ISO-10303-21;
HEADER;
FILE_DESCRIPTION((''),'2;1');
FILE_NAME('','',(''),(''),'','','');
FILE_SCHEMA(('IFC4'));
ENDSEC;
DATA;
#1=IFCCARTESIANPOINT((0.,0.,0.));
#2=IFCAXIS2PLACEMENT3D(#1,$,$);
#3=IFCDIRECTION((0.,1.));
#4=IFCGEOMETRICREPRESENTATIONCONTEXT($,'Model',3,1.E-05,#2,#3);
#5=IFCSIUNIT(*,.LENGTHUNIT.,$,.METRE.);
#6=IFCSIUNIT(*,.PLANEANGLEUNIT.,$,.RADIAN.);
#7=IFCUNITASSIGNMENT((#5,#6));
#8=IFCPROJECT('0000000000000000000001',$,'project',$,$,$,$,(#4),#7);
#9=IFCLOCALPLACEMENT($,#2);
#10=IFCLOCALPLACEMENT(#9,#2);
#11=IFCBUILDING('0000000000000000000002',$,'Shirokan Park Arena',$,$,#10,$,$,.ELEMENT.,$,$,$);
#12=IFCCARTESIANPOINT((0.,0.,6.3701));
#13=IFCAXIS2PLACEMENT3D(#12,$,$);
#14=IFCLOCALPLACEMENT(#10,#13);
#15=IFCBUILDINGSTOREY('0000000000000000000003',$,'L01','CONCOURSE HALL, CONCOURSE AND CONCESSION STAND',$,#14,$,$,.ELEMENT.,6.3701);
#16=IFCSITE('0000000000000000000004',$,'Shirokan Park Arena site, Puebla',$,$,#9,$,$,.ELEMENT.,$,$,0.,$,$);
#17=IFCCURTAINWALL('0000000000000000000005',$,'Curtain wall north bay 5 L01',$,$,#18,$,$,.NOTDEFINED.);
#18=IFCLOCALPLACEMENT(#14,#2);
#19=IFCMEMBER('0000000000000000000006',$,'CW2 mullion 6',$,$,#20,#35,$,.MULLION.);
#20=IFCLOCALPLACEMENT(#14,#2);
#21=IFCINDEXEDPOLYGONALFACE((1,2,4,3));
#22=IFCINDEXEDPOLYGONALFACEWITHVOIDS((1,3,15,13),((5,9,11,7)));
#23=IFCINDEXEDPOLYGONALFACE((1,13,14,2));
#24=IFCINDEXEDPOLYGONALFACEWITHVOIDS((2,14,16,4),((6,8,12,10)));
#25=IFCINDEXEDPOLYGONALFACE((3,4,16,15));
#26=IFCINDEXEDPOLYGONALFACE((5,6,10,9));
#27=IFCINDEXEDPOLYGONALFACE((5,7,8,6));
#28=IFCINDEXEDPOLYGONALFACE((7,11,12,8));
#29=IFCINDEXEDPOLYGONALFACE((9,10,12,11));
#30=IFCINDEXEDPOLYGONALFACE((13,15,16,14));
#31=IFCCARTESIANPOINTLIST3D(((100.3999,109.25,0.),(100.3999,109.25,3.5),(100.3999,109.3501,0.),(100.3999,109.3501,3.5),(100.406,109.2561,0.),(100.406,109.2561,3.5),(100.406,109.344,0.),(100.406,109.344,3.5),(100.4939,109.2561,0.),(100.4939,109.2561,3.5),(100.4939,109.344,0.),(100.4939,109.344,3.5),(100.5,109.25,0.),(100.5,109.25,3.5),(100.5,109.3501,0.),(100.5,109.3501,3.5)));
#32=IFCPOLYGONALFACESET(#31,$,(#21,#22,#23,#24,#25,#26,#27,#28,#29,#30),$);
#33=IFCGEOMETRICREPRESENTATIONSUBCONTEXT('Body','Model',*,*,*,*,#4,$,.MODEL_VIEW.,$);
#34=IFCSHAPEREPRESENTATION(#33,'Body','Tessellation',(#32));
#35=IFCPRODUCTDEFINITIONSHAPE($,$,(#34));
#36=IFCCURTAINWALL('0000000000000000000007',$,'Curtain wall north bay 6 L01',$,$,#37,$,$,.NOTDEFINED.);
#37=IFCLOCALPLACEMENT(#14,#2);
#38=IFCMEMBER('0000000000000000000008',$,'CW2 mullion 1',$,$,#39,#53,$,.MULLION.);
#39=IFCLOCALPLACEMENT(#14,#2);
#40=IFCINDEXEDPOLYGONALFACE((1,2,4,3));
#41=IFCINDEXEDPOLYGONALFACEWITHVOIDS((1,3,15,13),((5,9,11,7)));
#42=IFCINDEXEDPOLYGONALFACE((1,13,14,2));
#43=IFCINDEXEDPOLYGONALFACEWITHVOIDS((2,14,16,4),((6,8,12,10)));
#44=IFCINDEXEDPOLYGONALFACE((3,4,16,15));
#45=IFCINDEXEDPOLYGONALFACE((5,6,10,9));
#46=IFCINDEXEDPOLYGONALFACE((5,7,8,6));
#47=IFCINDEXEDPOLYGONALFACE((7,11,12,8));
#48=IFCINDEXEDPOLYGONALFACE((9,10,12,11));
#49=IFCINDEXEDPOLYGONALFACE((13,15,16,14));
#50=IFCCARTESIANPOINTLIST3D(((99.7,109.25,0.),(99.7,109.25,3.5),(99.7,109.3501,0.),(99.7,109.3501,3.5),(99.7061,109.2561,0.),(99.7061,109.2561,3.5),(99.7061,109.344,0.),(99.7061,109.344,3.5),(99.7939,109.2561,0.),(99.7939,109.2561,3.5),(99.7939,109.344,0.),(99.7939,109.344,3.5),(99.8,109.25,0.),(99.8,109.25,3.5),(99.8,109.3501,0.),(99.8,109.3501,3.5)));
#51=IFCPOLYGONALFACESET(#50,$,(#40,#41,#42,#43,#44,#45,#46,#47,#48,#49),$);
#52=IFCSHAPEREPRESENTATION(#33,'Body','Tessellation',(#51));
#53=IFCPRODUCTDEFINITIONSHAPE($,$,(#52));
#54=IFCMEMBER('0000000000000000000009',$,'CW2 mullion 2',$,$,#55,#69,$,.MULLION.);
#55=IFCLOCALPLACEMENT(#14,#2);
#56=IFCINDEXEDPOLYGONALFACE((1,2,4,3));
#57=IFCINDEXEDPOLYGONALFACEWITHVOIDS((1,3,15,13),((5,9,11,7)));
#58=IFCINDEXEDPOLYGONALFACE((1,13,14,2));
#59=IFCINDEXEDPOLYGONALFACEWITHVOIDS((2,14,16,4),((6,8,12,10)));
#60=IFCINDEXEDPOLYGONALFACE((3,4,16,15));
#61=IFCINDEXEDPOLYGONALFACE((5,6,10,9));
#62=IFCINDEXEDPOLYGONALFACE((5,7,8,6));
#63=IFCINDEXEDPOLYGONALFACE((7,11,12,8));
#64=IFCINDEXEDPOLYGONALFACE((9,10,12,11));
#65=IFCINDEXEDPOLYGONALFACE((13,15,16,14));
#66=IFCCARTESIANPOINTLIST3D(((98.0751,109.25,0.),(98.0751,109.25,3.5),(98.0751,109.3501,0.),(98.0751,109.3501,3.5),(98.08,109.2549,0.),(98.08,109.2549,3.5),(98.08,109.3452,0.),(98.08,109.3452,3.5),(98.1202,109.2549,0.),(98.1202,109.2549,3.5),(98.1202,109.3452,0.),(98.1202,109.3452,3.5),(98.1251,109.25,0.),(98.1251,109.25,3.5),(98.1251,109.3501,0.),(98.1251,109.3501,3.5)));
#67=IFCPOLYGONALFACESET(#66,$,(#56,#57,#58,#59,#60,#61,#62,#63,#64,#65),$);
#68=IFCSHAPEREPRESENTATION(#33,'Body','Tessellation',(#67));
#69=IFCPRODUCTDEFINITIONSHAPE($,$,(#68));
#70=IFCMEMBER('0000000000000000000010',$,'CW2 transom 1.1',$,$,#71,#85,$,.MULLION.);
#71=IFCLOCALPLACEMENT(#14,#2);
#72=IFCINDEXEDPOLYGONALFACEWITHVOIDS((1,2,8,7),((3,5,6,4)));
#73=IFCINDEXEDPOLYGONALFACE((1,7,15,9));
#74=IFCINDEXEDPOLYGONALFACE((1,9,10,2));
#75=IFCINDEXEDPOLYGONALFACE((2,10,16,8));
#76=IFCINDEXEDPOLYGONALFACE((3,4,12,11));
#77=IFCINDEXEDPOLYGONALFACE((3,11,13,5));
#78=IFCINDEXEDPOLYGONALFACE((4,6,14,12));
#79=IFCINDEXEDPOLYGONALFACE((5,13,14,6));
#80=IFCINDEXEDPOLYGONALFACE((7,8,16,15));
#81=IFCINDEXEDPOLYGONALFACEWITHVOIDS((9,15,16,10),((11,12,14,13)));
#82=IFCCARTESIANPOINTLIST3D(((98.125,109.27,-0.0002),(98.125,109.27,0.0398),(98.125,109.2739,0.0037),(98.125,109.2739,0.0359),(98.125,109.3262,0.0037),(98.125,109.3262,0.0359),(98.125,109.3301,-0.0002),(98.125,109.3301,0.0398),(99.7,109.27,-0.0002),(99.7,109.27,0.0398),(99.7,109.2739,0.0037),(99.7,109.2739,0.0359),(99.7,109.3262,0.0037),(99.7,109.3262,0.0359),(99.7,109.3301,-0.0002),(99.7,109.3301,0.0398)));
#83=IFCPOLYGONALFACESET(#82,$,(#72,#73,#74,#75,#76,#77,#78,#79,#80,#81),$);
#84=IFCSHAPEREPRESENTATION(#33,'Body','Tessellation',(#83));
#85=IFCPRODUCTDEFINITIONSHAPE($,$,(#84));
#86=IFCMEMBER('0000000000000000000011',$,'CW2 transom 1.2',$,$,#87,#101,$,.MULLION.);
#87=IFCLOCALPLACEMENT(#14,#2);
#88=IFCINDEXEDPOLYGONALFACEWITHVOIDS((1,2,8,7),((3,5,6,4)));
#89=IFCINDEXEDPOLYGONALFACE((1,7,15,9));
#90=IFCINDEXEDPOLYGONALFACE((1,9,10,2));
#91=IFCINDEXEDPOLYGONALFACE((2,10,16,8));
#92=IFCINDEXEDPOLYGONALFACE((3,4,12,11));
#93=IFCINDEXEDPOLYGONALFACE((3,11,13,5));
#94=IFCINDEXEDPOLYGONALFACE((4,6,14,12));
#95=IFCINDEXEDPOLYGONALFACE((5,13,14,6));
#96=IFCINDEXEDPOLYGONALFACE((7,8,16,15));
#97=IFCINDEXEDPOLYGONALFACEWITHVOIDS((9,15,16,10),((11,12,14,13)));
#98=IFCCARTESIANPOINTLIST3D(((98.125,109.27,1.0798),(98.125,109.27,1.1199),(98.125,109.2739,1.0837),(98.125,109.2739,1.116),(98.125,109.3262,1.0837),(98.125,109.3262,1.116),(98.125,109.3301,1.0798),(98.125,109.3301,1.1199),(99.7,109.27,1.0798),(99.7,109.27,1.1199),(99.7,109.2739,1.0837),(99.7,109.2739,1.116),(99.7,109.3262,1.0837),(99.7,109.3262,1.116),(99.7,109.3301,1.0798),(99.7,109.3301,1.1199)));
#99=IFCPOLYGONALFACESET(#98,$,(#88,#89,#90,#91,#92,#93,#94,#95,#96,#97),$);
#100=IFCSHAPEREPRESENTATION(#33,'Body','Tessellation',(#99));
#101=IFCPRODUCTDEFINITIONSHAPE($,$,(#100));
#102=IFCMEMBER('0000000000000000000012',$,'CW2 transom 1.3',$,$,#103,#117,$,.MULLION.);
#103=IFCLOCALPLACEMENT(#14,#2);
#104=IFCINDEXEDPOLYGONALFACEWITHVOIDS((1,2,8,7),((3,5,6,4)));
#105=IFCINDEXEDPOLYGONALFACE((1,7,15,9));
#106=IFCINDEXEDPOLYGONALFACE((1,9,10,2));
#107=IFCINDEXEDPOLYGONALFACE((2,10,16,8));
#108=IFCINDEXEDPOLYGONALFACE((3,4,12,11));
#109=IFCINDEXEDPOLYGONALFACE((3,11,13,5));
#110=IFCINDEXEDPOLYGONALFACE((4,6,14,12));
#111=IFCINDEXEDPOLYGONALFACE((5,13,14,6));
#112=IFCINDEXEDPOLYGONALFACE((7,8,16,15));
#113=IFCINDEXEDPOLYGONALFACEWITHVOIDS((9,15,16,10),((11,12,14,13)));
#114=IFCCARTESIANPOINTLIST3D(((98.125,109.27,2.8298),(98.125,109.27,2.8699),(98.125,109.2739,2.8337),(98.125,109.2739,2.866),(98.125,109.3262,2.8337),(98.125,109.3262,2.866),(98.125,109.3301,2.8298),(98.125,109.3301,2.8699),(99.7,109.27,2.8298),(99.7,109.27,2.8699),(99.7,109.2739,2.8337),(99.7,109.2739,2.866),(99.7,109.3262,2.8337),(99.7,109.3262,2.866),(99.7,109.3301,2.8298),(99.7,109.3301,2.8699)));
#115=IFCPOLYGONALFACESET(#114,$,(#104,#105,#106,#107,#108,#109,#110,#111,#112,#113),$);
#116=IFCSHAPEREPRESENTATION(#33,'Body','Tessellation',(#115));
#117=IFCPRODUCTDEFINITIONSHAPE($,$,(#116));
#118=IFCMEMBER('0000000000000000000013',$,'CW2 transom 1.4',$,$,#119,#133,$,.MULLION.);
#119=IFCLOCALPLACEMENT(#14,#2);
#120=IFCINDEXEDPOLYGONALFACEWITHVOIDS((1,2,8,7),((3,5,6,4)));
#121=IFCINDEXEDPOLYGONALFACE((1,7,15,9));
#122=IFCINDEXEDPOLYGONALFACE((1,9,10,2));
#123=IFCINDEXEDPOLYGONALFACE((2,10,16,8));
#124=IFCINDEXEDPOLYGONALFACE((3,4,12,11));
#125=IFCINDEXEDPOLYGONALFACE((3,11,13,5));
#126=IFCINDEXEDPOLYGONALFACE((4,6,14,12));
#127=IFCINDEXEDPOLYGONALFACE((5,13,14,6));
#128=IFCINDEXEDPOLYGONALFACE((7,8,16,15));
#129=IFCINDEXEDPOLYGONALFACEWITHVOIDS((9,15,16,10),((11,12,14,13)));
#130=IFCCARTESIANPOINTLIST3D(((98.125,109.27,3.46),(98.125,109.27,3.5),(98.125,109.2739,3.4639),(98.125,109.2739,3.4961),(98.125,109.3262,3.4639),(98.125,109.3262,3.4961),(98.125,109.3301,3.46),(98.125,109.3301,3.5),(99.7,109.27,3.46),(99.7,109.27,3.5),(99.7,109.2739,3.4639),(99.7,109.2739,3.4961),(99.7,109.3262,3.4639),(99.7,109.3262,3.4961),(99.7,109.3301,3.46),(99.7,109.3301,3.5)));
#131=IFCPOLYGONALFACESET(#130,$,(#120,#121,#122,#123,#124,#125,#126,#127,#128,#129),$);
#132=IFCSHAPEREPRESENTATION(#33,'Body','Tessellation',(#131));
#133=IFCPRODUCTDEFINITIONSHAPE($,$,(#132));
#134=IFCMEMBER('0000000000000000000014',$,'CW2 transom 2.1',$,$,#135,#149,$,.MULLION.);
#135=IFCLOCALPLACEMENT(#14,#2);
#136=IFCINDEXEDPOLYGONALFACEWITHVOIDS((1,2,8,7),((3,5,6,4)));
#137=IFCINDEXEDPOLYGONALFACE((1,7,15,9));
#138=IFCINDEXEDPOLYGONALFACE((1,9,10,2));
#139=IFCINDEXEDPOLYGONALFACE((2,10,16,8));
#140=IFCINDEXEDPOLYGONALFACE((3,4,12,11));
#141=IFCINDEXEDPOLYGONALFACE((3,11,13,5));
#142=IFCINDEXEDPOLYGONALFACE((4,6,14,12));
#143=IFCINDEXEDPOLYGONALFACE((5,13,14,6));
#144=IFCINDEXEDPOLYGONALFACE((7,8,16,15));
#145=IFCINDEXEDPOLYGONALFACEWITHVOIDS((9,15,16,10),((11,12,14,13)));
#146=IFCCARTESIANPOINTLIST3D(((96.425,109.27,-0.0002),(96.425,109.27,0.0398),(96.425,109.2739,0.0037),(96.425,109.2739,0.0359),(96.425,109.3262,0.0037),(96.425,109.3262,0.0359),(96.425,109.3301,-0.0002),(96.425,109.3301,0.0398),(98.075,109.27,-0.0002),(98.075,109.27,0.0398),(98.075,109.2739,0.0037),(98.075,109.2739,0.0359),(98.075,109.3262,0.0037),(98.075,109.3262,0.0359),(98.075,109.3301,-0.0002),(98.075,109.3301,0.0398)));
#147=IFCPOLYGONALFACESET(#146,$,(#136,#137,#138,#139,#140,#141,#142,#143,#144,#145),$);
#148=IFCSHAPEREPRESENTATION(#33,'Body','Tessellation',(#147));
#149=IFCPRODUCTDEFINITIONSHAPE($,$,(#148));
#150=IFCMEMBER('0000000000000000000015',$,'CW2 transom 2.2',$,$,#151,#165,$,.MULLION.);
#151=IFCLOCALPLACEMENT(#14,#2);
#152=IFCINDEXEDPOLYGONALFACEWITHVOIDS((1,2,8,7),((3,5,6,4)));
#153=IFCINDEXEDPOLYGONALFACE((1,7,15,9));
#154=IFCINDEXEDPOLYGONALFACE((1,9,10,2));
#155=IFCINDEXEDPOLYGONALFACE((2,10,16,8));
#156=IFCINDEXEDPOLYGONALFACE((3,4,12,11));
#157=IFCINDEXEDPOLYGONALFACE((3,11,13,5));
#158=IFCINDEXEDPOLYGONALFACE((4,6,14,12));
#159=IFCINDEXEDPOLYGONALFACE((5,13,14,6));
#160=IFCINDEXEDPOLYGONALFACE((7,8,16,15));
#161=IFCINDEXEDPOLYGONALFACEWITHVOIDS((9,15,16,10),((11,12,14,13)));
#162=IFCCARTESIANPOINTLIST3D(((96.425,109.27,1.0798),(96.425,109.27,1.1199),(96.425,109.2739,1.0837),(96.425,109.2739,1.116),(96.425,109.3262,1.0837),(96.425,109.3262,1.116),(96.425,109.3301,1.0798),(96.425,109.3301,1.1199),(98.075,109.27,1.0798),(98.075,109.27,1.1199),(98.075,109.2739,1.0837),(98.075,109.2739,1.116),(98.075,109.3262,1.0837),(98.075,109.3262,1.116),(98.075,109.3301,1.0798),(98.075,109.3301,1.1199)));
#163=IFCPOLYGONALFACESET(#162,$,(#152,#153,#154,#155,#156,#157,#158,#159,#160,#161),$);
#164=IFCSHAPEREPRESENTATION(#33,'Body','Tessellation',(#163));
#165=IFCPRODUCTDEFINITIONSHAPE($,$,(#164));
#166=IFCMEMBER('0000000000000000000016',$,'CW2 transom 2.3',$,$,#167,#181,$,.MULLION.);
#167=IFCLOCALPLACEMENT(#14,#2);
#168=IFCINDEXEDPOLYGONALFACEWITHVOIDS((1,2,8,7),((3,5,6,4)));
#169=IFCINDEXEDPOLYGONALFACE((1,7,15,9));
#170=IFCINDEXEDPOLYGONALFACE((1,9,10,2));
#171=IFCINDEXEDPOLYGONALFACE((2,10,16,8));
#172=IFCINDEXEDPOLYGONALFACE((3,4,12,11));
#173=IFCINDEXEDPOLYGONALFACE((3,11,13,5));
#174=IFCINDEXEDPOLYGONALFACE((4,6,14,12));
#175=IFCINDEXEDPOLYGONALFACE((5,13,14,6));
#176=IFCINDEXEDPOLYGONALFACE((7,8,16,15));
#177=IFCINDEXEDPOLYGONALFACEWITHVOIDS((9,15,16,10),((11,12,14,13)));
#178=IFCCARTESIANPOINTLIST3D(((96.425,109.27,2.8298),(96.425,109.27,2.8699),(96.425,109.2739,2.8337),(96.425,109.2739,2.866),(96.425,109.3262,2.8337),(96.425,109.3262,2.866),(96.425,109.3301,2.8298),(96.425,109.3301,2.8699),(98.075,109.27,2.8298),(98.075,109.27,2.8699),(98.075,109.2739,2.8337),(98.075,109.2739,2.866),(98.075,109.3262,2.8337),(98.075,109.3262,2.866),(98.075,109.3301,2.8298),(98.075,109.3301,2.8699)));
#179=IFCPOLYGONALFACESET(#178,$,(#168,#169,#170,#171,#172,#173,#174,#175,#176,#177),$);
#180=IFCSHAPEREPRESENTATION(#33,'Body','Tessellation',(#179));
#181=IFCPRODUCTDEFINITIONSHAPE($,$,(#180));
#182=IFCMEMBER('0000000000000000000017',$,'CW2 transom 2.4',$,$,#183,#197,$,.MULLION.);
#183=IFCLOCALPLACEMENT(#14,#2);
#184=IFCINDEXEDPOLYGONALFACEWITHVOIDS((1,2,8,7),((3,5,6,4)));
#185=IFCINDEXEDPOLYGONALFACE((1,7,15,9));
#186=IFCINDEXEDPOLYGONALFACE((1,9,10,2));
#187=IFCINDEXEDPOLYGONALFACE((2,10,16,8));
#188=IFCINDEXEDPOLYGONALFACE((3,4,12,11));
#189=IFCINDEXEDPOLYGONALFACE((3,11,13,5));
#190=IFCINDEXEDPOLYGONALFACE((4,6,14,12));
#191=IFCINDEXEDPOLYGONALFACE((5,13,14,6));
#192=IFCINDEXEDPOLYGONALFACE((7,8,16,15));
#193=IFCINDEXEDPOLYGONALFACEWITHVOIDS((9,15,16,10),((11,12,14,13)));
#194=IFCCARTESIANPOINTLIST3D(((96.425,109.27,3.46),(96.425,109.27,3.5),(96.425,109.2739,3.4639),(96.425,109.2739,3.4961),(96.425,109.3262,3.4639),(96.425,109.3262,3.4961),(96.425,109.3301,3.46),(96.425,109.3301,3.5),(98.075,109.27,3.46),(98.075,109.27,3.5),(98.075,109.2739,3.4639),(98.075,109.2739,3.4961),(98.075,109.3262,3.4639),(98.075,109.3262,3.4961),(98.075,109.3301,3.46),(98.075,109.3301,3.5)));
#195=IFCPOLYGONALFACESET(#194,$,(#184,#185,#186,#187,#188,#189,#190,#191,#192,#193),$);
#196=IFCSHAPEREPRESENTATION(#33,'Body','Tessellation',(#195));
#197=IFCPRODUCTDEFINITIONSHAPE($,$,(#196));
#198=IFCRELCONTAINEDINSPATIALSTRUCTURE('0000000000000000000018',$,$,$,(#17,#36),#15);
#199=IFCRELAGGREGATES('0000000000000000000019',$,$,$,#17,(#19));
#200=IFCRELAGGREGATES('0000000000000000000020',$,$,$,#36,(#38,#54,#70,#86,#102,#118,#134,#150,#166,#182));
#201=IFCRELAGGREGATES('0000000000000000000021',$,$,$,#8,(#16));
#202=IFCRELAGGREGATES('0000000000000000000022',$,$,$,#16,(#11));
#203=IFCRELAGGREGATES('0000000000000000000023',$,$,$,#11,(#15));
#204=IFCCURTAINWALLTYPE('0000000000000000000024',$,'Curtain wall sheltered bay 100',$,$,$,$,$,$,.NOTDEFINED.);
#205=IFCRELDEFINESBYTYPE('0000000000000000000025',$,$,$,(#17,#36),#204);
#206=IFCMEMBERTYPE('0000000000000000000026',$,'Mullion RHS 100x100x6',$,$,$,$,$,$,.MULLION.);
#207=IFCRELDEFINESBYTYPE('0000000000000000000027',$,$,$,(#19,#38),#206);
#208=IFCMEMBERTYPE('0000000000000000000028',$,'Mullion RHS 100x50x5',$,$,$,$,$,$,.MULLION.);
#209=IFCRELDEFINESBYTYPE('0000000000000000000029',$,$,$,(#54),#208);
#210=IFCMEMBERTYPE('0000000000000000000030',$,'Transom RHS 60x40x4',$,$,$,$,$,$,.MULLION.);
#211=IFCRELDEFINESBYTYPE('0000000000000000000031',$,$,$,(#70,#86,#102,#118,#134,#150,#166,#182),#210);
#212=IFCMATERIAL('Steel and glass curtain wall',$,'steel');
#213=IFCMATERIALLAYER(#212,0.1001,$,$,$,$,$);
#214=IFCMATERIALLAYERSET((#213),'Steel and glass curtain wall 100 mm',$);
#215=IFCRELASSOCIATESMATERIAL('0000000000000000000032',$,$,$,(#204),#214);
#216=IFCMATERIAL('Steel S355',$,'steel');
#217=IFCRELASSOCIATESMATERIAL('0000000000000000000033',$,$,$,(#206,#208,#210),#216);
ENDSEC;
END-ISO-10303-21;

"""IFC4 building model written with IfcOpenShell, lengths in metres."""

from ifc_helpers import new_model, si_unit, direction, frame, origin, origin_2d, place, context, subcontext, project, spatial, hollow_rectangle, extrude, material, layer, layer_set, material_profile, profile_set, type_object, element, aggregate, save


model = new_model("IFC4")

# Units and contexts
model_context = context("Model", 3, precision=1e-05, world=origin(), true_north=direction((0.0, 1.0)))
body_context = subcontext(model_context, "Body", "Model", "MODEL_VIEW")
ifc_project = project(units=[si_unit("LENGTHUNIT", "METRE"), si_unit("PLANEANGLEUNIT", "RADIAN")], contexts=[model_context])

# Site, building, storey
site_placement = place(None, origin())
site = spatial("IfcSite", under=ifc_project, at=site_placement, Name="Shirokan Park Arena site, Puebla", CompositionType="ELEMENT", RefElevation=0.0)
building_placement = place(site_placement, origin())
building = spatial("IfcBuilding", under=site, at=building_placement, Name="Shirokan Park Arena", CompositionType="ELEMENT")
storey_placement = place(building_placement, frame((0.0, 0.0, 6.3701)))
storey = spatial("IfcBuildingStorey", under=building, at=storey_placement, Name="L01", Description="CONCOURSE HALL, CONCOURSE AND CONCESSION STAND", CompositionType="ELEMENT", Elevation=6.3701)

# Curtain wall, member
ifc_material_1 = material(Name="Steel and glass curtain wall", Category="steel")
ifc_layer_1 = layer(ifc_material_1, 0.1001)
ifc_layer_set_1 = layer_set([ifc_layer_1], Name="Steel and glass curtain wall 100 mm")
curtain_wall_type = type_object("IfcCurtainWallType", Name="Curtain wall sheltered bay 100", PredefinedType="NOTDEFINED", material=ifc_layer_set_1)
curtain_wall_1_placement = place(storey_placement, origin())
curtain_wall_1 = element("IfcCurtainWall", 1, at=curtain_wall_1_placement, inside=storey, type_object=curtain_wall_type, Name="Curtain wall north bay 5 L01", PredefinedType="NOTDEFINED")
ifc_material_2 = material(Name="Steel S355", Category="steel")
ifc_material_profile_1 = material_profile(ifc_material_2, hollow_rectangle(XDim=0.1001, YDim=0.1001, WallThickness=0.0061, at=origin_2d()), Name="RHS 100x100x6")
ifc_profile_set_1 = profile_set([ifc_material_profile_1], Name="Steel S355")
member_type_1 = type_object("IfcMemberType", Name="Mullion RHS 100x100x6", PredefinedType="MULLION", material=ifc_profile_set_1)
member_1_placement = place(storey_placement, frame((100.45, 109.3, 0.0), z_axis=(0.0, 0.0, 1.0), x_axis=(0.0, -1.0, 0.0)))
member_1 = element("IfcMember", 2, at=member_1_placement, type_object=member_type_1, Name="CW2 mullion 6", PredefinedType="MULLION", context=body_context, shape_type="SweptSolid", body=[
    extrude(hollow_rectangle(XDim=0.1001, YDim=0.1001, WallThickness=0.0061, at=origin_2d()), origin(), (0.0, 0.0, 1.0), 3.5),
])
aggregate(curtain_wall_1, [member_1])

# Curtain wall, members
curtain_wall_2_placement = place(storey_placement, origin())
curtain_wall_2 = element("IfcCurtainWall", 3, at=curtain_wall_2_placement, inside=storey, type_object=curtain_wall_type, Name="Curtain wall north bay 6 L01", PredefinedType="NOTDEFINED")
member_2_placement = place(storey_placement, frame((99.75, 109.3, 0.0), z_axis=(0.0, 0.0, 1.0), x_axis=(0.0, -1.0, 0.0)))
member_2 = element("IfcMember", 4, at=member_2_placement, type_object=member_type_1, Name="CW2 mullion 1", PredefinedType="MULLION", context=body_context, shape_type="SweptSolid", body=[
    extrude(hollow_rectangle(XDim=0.1001, YDim=0.1001, WallThickness=0.0061, at=origin_2d()), origin(), (0.0, 0.0, 1.0), 3.5),
])
ifc_material_profile_2 = material_profile(ifc_material_2, hollow_rectangle(XDim=0.1001, YDim=0.05, WallThickness=0.0049, at=origin_2d()), Name="RHS 100x50x5")
ifc_profile_set_2 = profile_set([ifc_material_profile_2], Name="Steel S355")
member_type_2 = type_object("IfcMemberType", Name="Mullion RHS 100x50x5", PredefinedType="MULLION", material=ifc_profile_set_2)
member_3_placement = place(storey_placement, frame((98.1001, 109.3, 0.0), z_axis=(0.0, 0.0, 1.0), x_axis=(0.0, -1.0, 0.0)))
member_3 = element("IfcMember", 5, at=member_3_placement, type_object=member_type_2, Name="CW2 mullion 2", PredefinedType="MULLION", context=body_context, shape_type="SweptSolid", body=[
    extrude(hollow_rectangle(XDim=0.1001, YDim=0.05, WallThickness=0.0049, at=origin_2d()), origin(), (0.0, 0.0, 1.0), 3.5),
])
ifc_material_profile_3 = material_profile(ifc_material_2, hollow_rectangle(XDim=0.0601, YDim=0.04, WallThickness=0.0039, at=origin_2d()), Name="RHS 60x40x4")
ifc_profile_set_3 = profile_set([ifc_material_profile_3], Name="Steel S355")
member_type_3 = type_object("IfcMemberType", Name="Transom RHS 60x40x4", PredefinedType="MULLION", material=ifc_profile_set_3)
member_4_placement = place(storey_placement, frame((99.7, 109.3, 0.0198), z_axis=(-1.0, 0.0, 0.0), x_axis=(0.0, -1.0, 0.0)))
member_4 = element("IfcMember", 6, at=member_4_placement, type_object=member_type_3, Name="CW2 transom 1.1", PredefinedType="MULLION", context=body_context, shape_type="SweptSolid", body=[
    extrude(hollow_rectangle(XDim=0.0601, YDim=0.04, WallThickness=0.0039, at=origin_2d()), origin(), (0.0, 0.0, 1.0), 1.575),
])
member_5_placement = place(storey_placement, frame((99.7, 109.3, 1.0999), z_axis=(-1.0, 0.0, 0.0), x_axis=(0.0, -1.0, 0.0)))
member_5 = element("IfcMember", 7, at=member_5_placement, type_object=member_type_3, Name="CW2 transom 1.2", PredefinedType="MULLION", context=body_context, shape_type="SweptSolid", body=[
    extrude(hollow_rectangle(XDim=0.0601, YDim=0.04, WallThickness=0.0039, at=origin_2d()), origin(), (0.0, 0.0, 1.0), 1.575),
])
member_6_placement = place(storey_placement, frame((99.7, 109.3, 2.8499), z_axis=(-1.0, 0.0, 0.0), x_axis=(0.0, -1.0, 0.0)))
member_6 = element("IfcMember", 8, at=member_6_placement, type_object=member_type_3, Name="CW2 transom 1.3", PredefinedType="MULLION", context=body_context, shape_type="SweptSolid", body=[
    extrude(hollow_rectangle(XDim=0.0601, YDim=0.04, WallThickness=0.0039, at=origin_2d()), origin(), (0.0, 0.0, 1.0), 1.575),
])
member_7_placement = place(storey_placement, frame((99.7, 109.3, 3.48), z_axis=(-1.0, 0.0, 0.0), x_axis=(0.0, -1.0, 0.0)))
member_7 = element("IfcMember", 9, at=member_7_placement, type_object=member_type_3, Name="CW2 transom 1.4", PredefinedType="MULLION", context=body_context, shape_type="SweptSolid", body=[
    extrude(hollow_rectangle(XDim=0.0601, YDim=0.04, WallThickness=0.0039, at=origin_2d()), origin(), (0.0, 0.0, 1.0), 1.575),
])
member_8_placement = place(storey_placement, frame((98.075, 109.3, 0.0198), z_axis=(-1.0, 0.0, 0.0), x_axis=(0.0, -1.0, 0.0)))
member_8 = element("IfcMember", 10, at=member_8_placement, type_object=member_type_3, Name="CW2 transom 2.1", PredefinedType="MULLION", context=body_context, shape_type="SweptSolid", body=[
    extrude(hollow_rectangle(XDim=0.0601, YDim=0.04, WallThickness=0.0039, at=origin_2d()), origin(), (0.0, 0.0, 1.0), 1.6499),
])
member_9_placement = place(storey_placement, frame((98.075, 109.3, 1.0999), z_axis=(-1.0, 0.0, 0.0), x_axis=(0.0, -1.0, 0.0)))
member_9 = element("IfcMember", 11, at=member_9_placement, type_object=member_type_3, Name="CW2 transom 2.2", PredefinedType="MULLION", context=body_context, shape_type="SweptSolid", body=[
    extrude(hollow_rectangle(XDim=0.0601, YDim=0.04, WallThickness=0.0039, at=origin_2d()), origin(), (0.0, 0.0, 1.0), 1.6499),
])
member_10_placement = place(storey_placement, frame((98.075, 109.3, 2.8499), z_axis=(-1.0, 0.0, 0.0), x_axis=(0.0, -1.0, 0.0)))
member_10 = element("IfcMember", 12, at=member_10_placement, type_object=member_type_3, Name="CW2 transom 2.3", PredefinedType="MULLION", context=body_context, shape_type="SweptSolid", body=[
    extrude(hollow_rectangle(XDim=0.0601, YDim=0.04, WallThickness=0.0039, at=origin_2d()), origin(), (0.0, 0.0, 1.0), 1.6499),
])
member_11_placement = place(storey_placement, frame((98.075, 109.3, 3.48), z_axis=(-1.0, 0.0, 0.0), x_axis=(0.0, -1.0, 0.0)))
member_11 = element("IfcMember", 13, at=member_11_placement, type_object=member_type_3, Name="CW2 transom 2.4", PredefinedType="MULLION", context=body_context, shape_type="SweptSolid", body=[
    extrude(hollow_rectangle(XDim=0.0601, YDim=0.04, WallThickness=0.0039, at=origin_2d()), origin(), (0.0, 0.0, 1.0), 1.6499),
])
aggregate(curtain_wall_2, [member_2, member_3, member_4, member_5, member_6, member_7, member_8, member_9, member_10, member_11])

save(model, "model.ifc")
